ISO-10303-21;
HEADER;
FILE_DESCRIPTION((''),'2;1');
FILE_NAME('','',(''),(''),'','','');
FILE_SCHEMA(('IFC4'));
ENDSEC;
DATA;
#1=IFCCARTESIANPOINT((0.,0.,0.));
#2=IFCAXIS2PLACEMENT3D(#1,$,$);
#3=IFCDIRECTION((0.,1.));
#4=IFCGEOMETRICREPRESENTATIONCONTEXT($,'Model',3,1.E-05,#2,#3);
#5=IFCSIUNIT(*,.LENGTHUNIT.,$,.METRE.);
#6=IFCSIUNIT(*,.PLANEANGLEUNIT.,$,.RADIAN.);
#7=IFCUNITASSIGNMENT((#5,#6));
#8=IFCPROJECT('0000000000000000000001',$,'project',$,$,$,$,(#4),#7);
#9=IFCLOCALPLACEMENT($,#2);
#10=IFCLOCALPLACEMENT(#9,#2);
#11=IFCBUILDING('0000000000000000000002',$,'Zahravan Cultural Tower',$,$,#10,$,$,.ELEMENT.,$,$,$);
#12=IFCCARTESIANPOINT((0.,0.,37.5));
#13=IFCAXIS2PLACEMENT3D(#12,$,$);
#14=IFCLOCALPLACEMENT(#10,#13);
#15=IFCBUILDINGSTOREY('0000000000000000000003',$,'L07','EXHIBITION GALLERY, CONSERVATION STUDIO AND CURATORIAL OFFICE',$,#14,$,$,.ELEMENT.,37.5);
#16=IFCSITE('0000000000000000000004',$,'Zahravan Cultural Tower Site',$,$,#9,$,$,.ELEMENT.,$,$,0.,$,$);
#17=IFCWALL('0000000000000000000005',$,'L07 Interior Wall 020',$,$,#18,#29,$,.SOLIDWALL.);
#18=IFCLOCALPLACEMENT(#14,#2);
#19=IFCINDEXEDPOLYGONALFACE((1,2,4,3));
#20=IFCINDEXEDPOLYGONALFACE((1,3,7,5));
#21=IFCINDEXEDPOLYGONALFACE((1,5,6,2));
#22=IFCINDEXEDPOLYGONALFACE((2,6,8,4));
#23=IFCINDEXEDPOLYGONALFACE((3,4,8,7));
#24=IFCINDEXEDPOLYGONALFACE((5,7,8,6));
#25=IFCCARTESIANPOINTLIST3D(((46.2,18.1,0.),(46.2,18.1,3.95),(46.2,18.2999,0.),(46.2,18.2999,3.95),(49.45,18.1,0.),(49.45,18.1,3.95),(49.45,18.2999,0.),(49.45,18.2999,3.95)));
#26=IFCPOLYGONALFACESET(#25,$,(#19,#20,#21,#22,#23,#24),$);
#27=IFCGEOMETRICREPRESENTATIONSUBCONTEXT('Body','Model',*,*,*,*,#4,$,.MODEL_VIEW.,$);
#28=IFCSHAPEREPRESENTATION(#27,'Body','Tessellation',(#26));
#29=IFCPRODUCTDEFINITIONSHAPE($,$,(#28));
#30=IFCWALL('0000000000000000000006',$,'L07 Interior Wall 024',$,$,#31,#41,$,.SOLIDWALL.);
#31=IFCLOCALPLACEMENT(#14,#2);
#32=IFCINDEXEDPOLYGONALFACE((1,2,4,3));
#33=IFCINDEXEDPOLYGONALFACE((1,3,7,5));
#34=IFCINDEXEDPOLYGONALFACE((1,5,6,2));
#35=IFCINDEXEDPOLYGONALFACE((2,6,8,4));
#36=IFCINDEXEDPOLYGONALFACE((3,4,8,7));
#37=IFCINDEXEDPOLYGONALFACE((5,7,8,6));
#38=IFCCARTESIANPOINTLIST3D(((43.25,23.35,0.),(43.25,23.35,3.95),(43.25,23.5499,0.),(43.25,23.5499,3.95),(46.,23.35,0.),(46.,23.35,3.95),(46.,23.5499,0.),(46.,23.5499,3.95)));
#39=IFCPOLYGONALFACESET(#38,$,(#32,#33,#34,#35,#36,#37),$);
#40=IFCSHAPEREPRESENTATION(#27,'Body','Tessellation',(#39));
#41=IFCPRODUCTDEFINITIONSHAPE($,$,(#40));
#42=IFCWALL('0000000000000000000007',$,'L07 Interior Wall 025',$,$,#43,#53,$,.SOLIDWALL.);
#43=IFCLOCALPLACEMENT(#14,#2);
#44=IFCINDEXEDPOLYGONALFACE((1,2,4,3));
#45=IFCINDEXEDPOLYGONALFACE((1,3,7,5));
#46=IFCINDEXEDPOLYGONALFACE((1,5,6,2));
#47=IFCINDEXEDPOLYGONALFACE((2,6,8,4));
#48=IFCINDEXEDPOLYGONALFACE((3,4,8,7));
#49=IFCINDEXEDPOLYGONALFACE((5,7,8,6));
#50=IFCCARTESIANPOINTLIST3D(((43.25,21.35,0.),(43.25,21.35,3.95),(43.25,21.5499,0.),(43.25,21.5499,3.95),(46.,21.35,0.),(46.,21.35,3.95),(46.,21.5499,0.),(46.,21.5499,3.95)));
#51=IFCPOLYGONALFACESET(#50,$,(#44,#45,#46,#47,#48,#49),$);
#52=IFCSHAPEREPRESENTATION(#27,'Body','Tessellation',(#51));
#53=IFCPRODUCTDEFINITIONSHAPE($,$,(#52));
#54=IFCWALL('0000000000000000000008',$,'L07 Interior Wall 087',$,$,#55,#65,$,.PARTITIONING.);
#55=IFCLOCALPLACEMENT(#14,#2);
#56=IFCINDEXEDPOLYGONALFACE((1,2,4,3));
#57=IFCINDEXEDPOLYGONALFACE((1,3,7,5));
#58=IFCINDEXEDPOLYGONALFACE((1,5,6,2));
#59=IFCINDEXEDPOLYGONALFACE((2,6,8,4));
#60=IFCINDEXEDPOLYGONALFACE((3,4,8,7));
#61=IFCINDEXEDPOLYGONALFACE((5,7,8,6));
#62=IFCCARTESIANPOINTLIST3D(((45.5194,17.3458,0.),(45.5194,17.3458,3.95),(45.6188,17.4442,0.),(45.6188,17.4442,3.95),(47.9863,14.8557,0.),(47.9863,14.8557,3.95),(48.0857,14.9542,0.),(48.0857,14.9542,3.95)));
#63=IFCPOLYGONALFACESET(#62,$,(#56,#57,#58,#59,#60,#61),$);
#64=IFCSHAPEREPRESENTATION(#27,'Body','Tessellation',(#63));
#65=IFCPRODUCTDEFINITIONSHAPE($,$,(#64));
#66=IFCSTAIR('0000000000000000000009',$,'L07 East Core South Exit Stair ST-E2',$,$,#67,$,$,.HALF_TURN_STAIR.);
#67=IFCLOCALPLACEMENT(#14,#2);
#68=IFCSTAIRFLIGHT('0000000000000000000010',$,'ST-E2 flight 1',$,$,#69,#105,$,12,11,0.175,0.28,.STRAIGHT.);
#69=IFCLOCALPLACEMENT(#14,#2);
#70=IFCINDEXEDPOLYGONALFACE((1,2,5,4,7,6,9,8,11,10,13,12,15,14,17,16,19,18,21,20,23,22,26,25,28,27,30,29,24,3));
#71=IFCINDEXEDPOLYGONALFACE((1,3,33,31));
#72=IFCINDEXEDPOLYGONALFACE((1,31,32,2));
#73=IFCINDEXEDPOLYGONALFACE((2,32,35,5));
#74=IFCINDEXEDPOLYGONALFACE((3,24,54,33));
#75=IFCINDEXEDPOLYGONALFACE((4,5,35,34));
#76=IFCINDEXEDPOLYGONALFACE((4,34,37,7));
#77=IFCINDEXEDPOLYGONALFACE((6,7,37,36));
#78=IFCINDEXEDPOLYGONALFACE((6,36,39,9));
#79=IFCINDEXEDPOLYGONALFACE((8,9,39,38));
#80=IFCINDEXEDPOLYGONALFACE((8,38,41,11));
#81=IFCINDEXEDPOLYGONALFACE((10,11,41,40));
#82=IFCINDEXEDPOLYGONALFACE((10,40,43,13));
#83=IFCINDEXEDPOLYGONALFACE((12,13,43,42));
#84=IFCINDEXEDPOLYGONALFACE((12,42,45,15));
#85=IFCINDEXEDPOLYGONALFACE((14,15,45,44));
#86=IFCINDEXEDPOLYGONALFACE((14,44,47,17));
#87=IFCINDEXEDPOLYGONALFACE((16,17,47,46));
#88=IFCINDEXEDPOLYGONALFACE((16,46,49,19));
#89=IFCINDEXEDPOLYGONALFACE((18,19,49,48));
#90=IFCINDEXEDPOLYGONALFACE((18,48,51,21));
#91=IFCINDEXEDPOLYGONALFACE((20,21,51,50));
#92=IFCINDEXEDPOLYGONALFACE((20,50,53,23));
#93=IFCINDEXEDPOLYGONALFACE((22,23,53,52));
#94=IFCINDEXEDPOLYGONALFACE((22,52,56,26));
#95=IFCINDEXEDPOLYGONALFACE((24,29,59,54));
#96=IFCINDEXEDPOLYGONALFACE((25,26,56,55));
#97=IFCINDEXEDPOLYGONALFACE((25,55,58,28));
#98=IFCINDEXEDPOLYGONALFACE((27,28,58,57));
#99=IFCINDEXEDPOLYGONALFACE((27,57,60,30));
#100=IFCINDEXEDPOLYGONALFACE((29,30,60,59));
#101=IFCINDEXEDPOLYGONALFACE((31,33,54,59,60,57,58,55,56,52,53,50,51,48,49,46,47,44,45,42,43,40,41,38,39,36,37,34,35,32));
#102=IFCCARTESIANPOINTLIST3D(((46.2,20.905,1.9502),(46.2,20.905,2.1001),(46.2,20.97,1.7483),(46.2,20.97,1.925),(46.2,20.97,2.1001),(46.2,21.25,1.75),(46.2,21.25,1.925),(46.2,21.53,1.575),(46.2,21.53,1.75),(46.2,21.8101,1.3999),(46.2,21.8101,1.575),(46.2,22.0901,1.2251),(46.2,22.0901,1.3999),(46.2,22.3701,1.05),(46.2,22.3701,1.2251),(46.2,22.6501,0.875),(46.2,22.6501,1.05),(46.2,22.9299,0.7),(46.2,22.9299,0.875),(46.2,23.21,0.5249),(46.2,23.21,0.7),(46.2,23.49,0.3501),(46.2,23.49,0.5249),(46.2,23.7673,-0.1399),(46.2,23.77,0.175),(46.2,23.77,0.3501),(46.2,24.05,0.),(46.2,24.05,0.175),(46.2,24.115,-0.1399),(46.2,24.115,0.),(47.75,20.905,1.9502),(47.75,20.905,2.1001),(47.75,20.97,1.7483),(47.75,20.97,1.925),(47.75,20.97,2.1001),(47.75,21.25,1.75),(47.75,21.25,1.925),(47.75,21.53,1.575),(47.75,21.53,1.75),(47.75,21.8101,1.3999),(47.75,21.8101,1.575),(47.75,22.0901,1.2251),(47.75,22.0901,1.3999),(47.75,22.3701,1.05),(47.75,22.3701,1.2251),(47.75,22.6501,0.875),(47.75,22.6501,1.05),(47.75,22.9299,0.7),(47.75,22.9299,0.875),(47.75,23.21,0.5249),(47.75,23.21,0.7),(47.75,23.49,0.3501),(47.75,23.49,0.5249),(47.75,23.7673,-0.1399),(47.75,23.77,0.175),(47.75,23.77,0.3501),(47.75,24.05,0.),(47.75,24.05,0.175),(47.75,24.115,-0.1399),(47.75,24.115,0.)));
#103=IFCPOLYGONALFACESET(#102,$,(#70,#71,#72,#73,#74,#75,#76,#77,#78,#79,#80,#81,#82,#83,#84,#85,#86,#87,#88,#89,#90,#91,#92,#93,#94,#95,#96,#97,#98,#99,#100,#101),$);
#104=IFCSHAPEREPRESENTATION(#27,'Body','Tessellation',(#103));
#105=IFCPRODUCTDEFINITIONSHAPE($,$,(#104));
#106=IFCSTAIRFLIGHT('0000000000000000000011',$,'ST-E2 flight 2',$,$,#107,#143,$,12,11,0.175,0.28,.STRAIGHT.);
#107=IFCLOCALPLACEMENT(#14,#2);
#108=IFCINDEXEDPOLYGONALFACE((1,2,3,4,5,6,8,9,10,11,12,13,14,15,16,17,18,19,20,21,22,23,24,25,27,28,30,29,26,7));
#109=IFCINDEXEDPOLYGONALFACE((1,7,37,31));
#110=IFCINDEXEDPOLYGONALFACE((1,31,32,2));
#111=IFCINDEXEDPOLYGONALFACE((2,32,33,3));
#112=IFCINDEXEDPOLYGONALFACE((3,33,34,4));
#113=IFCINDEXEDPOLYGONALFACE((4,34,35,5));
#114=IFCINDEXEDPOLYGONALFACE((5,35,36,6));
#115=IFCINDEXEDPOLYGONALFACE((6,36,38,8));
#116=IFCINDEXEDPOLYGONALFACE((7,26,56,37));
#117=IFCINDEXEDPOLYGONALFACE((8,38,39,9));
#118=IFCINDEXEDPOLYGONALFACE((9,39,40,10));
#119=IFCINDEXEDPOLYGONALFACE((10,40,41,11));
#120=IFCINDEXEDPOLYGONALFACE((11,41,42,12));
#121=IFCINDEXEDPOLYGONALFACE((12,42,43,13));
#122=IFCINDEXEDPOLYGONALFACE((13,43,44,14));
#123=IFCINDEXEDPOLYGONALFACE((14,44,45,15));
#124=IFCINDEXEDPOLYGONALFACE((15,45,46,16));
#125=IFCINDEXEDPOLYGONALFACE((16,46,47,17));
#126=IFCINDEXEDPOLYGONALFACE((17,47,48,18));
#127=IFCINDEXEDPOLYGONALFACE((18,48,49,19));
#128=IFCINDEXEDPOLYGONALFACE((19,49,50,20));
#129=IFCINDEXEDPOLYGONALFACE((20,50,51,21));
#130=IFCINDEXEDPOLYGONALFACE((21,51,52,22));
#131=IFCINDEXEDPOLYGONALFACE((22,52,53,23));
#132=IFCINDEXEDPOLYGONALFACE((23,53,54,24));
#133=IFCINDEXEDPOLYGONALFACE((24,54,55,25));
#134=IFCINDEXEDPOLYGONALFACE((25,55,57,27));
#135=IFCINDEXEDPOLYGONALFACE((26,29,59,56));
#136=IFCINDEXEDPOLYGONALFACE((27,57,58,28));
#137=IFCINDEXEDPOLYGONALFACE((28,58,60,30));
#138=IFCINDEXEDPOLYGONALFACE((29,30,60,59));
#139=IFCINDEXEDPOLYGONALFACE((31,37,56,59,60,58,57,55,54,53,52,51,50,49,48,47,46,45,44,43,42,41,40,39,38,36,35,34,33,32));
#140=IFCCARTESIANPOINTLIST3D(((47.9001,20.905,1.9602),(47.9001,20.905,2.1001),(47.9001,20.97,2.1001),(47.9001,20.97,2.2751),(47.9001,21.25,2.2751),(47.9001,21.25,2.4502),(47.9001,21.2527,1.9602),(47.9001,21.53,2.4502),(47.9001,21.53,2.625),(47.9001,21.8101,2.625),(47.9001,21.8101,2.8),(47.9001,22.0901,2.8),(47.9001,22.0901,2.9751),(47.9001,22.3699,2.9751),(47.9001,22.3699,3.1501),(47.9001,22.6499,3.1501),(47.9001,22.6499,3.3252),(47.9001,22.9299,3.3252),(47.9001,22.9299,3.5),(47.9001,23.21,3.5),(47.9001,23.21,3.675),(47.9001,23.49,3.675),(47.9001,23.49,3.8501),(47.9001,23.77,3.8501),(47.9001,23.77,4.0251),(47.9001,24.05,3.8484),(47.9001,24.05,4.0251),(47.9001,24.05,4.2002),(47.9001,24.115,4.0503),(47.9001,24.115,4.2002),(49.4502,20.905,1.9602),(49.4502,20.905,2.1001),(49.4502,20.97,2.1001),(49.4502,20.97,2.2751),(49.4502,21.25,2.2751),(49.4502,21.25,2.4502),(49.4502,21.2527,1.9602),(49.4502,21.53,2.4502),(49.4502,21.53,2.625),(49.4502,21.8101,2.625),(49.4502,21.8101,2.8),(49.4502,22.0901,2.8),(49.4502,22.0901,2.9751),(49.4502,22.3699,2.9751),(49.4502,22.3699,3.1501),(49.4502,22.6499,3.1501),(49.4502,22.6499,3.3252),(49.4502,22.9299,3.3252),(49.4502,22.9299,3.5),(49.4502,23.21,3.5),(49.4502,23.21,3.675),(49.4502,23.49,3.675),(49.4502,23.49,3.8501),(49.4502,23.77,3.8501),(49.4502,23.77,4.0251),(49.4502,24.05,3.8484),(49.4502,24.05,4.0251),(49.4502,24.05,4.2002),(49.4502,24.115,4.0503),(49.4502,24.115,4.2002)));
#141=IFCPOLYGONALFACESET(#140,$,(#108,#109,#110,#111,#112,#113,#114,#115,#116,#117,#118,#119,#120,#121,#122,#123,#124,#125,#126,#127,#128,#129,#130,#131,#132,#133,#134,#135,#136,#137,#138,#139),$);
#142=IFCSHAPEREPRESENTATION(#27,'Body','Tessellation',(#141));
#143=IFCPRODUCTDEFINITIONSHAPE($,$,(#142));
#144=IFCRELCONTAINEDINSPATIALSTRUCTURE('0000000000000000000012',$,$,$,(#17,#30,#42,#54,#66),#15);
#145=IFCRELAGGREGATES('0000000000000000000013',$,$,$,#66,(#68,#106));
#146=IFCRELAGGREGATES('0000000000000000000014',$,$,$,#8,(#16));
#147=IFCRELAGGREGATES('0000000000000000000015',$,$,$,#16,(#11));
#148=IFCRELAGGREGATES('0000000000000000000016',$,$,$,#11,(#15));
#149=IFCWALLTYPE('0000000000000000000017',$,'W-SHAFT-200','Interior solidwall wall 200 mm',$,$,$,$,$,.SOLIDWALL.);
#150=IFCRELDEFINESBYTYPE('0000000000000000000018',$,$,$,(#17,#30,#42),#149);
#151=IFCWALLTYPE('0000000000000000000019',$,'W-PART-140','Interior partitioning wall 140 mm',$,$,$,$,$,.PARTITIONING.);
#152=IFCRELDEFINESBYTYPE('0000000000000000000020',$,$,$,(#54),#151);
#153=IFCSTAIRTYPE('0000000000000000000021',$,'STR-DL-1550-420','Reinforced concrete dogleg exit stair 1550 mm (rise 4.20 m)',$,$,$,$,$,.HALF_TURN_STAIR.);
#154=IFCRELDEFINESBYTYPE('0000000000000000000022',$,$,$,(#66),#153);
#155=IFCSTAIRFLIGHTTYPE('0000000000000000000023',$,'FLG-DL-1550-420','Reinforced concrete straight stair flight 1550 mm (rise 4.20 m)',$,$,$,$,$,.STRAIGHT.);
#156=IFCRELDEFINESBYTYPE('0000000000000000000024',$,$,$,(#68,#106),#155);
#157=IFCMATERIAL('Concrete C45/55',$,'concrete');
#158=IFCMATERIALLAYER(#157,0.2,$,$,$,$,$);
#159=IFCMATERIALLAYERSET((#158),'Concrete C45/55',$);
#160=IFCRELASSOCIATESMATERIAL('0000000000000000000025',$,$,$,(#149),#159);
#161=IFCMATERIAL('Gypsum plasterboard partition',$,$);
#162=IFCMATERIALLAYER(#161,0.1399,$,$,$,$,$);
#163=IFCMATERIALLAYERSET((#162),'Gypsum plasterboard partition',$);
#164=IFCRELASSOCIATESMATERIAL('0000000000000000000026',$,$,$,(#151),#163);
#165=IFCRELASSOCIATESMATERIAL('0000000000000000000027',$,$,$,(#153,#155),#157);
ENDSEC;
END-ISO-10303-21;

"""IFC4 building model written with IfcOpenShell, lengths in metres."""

from ifc_helpers import new_model, si_unit, direction, frame, frame_2d, origin, place, context, subcontext, project, spatial, polyline, rectangle, outline, extrude, source, transform, mapped, material, layer, layer_set, type_object, element, aggregate, save


model = new_model("IFC4")

# Units and contexts
model_context = context("Model", 3, precision=1e-05, world=origin(), true_north=direction((0.0, 1.0)))
body_context = subcontext(model_context, "Body", "Model", "MODEL_VIEW")
ifc_project = project(units=[si_unit("LENGTHUNIT", "METRE"), si_unit("PLANEANGLEUNIT", "RADIAN")], contexts=[model_context])

# Site, building, storey
site_placement = place(None, origin())
site = spatial("IfcSite", under=ifc_project, at=site_placement, Name="Zahravan Cultural Tower Site", CompositionType="ELEMENT", RefElevation=0.0)
building_placement = place(site_placement, origin())
building = spatial("IfcBuilding", under=site, at=building_placement, Name="Zahravan Cultural Tower", CompositionType="ELEMENT")
storey_placement = place(building_placement, frame((0.0, 0.0, 37.5)))
storey = spatial("IfcBuildingStorey", under=building, at=storey_placement, Name="L07", Description="EXHIBITION GALLERY, CONSERVATION STUDIO AND CURATORIAL OFFICE", CompositionType="ELEMENT", Elevation=37.5)

# Shared definitions
ifc_material_1 = material(Name="Concrete C45/55", Category="concrete")
ifc_layer_1 = layer(ifc_material_1, 0.2)
ifc_layer_set_1 = layer_set([ifc_layer_1], Name="Concrete C45/55")
wall_type_1 = type_object("IfcWallType", Name="W-SHAFT-200", Description="Interior solidwall wall 200 mm", PredefinedType="SOLIDWALL", material=ifc_layer_set_1)

# Walls
shared_shape_1 = source(origin(), body_context, "Body", "SweptSolid", [
    extrude(rectangle(XDim=3.25, YDim=0.2, at=frame_2d((1.625, 0.0))), origin(), (0.0, 0.0, 1.0), 3.95),
])
wall_1_placement = place(storey_placement, frame((46.2, 18.2, 0.0), z_axis=(0.0, 0.0, 1.0), x_axis=(1.0, 0.0, 0.0)))
element("IfcWall", 1, at=wall_1_placement, inside=storey, type_object=wall_type_1, Name="L07 Interior Wall 020", PredefinedType="SOLIDWALL", context=body_context, shape_type="MappedRepresentation", body=[
    mapped(shared_shape_1, transform((0.0, 0.0, 0.0), x_axis=(1.0, 0.0, 0.0), y_axis=(0.0, 1.0, 0.0), z_axis=(0.0, 0.0, 1.0), scale=1.0)),
])
shared_shape_2 = source(origin(), body_context, "Body", "SweptSolid", [
    extrude(rectangle(XDim=2.75, YDim=0.2, at=frame_2d((1.375, 0.0))), origin(), (0.0, 0.0, 1.0), 3.95),
])
for number, where, z_axis, x_axis, name in (
    (2, (43.25, 23.45, 0.0), (0.0, 0.0, 1.0), (1.0, 0.0, 0.0), "L07 Interior Wall 024"),
    (3, (43.25, 21.45, 0.0), (0.0, 0.0, 1.0), (1.0, 0.0, 0.0), "L07 Interior Wall 025"),
):
    element("IfcWall", number, at=place(storey_placement, frame(where, z_axis=z_axis, x_axis=x_axis)), inside=storey, type_object=wall_type_1, Name=name, PredefinedType="SOLIDWALL", context=body_context, shape_type="MappedRepresentation", body=[
        mapped(shared_shape_2, transform((0.0, 0.0, 0.0), x_axis=(1.0, 0.0, 0.0), y_axis=(0.0, 1.0, 0.0), z_axis=(0.0, 0.0, 1.0), scale=1.0)),
    ])
ifc_material_2 = material(Name="Gypsum plasterboard partition")
ifc_layer_2 = layer(ifc_material_2, 0.1399)
ifc_layer_set_2 = layer_set([ifc_layer_2], Name="Gypsum plasterboard partition")
wall_type_2 = type_object("IfcWallType", Name="W-PART-140", Description="Interior partitioning wall 140 mm", PredefinedType="PARTITIONING", material=ifc_layer_set_2)
shared_shape_3 = source(origin(), body_context, "Body", "SweptSolid", [
    extrude(rectangle(XDim=3.5051, YDim=0.1399, at=frame_2d((1.7524, 0.0))), origin(), (0.0, 0.0, 1.0), 3.95),
])
wall_2_placement = place(storey_placement, frame((48.0359, 14.905, 0.0), z_axis=(0.0, 0.0, 1.0), x_axis=(-0.70379, 0.710408, 0.0)))
element("IfcWall", 4, at=wall_2_placement, inside=storey, type_object=wall_type_2, Name="L07 Interior Wall 087", PredefinedType="PARTITIONING", context=body_context, shape_type="MappedRepresentation", body=[
    mapped(shared_shape_3, transform((0.0, 0.0, 0.0), x_axis=(1.0, 0.0, 0.0), y_axis=(0.0, 1.0, 0.0), z_axis=(0.0, 0.0, 1.0), scale=1.0)),
])

# Stair, stair flights
stair_type = type_object("IfcStairType", Name="STR-DL-1550-420", Description="Reinforced concrete dogleg exit stair 1550 mm (rise 4.20 m)", PredefinedType="HALF_TURN_STAIR", material=ifc_material_1)
stair_placement = place(storey_placement, origin())
stair = element("IfcStair", 5, at=stair_placement, inside=storey, type_object=stair_type, Name="L07 East Core South Exit Stair ST-E2", PredefinedType="HALF_TURN_STAIR")
stair_flight_type = type_object("IfcStairFlightType", Name="FLG-DL-1550-420", Description="Reinforced concrete straight stair flight 1550 mm (rise 4.20 m)", PredefinedType="STRAIGHT", material=ifc_material_1)
stair_flight_1_placement = place(storey_placement, frame((46.9751, 24.05, 0.0), z_axis=(0.0, 0.0, 1.0), x_axis=(0.0, -1.0, 0.0)))
stair_flight_1 = element("IfcStairFlight", 6, at=stair_flight_1_placement, type_object=stair_flight_type, Name="ST-E2 flight 1", NumberOfRisers=12, NumberOfTreads=11, PredefinedType="STRAIGHT", RiserHeight=0.175, TreadLength=0.28, context=body_context, shape_type="SweptSolid", body=[
    extrude(outline(polyline([(-0.0649, -0.1399), (-0.0649, 0.0), (0.0, 0.0), (0.0, 0.175), (0.28, 0.175), (0.28, 0.3501), (0.5601, 0.3501), (0.5601, 0.5249), (0.8401, 0.5249), (0.8401, 0.7), (1.1201, 0.7), (1.1201, 0.875), (1.3999, 0.875), (1.3999, 1.05), (1.6799, 1.05), (1.6799, 1.2251), (1.96, 1.2251), (1.96, 1.3999), (2.24, 1.3999), (2.24, 1.575), (2.52, 1.575), (2.52, 1.75), (2.8, 1.75), (2.8, 1.925), (3.0801, 1.925), (3.0801, 2.1001), (3.145, 2.1001), (3.145, 1.9502), (3.0801, 1.7483), (0.2827, -0.1399), (-0.0649, -0.1399)])), frame((0.0, 0.7749, 0.0), z_axis=(0.0, -1.0, 0.0), x_axis=(1.0, 0.0, 0.0)), (0.0, 0.0, 1.0), 1.55),
])
stair_flight_2_placement = place(storey_placement, frame((48.675, 20.97, 2.1001), z_axis=(0.0, 0.0, 1.0), x_axis=(0.0, 1.0, 0.0)))
stair_flight_2 = element("IfcStairFlight", 7, at=stair_flight_2_placement, type_object=stair_flight_type, Name="ST-E2 flight 2", NumberOfRisers=12, NumberOfTreads=11, PredefinedType="STRAIGHT", RiserHeight=0.175, TreadLength=0.28, context=body_context, shape_type="SweptSolid", body=[
    extrude(outline(polyline([(-0.0649, -0.1399), (-0.0649, 0.0), (0.0, 0.0), (0.0, 0.175), (0.28, 0.175), (0.28, 0.3501), (0.5601, 0.3501), (0.5601, 0.5249), (0.8401, 0.5249), (0.8401, 0.7), (1.1201, 0.7), (1.1201, 0.875), (1.3999, 0.875), (1.3999, 1.05), (1.6799, 1.05), (1.6799, 1.2251), (1.96, 1.2251), (1.96, 1.3999), (2.24, 1.3999), (2.24, 1.575), (2.52, 1.575), (2.52, 1.75), (2.8, 1.75), (2.8, 1.925), (3.0801, 1.925), (3.0801, 2.1001), (3.145, 2.1001), (3.145, 1.9502), (3.0801, 1.7483), (0.2827, -0.1399), (-0.0649, -0.1399)])), frame((0.0, 0.7749, 0.0), z_axis=(0.0, -1.0, 0.0), x_axis=(1.0, 0.0, 0.0)), (0.0, 0.0, 1.0), 1.55),
])
aggregate(stair, [stair_flight_1, stair_flight_2])

save(model, "model.ifc")
